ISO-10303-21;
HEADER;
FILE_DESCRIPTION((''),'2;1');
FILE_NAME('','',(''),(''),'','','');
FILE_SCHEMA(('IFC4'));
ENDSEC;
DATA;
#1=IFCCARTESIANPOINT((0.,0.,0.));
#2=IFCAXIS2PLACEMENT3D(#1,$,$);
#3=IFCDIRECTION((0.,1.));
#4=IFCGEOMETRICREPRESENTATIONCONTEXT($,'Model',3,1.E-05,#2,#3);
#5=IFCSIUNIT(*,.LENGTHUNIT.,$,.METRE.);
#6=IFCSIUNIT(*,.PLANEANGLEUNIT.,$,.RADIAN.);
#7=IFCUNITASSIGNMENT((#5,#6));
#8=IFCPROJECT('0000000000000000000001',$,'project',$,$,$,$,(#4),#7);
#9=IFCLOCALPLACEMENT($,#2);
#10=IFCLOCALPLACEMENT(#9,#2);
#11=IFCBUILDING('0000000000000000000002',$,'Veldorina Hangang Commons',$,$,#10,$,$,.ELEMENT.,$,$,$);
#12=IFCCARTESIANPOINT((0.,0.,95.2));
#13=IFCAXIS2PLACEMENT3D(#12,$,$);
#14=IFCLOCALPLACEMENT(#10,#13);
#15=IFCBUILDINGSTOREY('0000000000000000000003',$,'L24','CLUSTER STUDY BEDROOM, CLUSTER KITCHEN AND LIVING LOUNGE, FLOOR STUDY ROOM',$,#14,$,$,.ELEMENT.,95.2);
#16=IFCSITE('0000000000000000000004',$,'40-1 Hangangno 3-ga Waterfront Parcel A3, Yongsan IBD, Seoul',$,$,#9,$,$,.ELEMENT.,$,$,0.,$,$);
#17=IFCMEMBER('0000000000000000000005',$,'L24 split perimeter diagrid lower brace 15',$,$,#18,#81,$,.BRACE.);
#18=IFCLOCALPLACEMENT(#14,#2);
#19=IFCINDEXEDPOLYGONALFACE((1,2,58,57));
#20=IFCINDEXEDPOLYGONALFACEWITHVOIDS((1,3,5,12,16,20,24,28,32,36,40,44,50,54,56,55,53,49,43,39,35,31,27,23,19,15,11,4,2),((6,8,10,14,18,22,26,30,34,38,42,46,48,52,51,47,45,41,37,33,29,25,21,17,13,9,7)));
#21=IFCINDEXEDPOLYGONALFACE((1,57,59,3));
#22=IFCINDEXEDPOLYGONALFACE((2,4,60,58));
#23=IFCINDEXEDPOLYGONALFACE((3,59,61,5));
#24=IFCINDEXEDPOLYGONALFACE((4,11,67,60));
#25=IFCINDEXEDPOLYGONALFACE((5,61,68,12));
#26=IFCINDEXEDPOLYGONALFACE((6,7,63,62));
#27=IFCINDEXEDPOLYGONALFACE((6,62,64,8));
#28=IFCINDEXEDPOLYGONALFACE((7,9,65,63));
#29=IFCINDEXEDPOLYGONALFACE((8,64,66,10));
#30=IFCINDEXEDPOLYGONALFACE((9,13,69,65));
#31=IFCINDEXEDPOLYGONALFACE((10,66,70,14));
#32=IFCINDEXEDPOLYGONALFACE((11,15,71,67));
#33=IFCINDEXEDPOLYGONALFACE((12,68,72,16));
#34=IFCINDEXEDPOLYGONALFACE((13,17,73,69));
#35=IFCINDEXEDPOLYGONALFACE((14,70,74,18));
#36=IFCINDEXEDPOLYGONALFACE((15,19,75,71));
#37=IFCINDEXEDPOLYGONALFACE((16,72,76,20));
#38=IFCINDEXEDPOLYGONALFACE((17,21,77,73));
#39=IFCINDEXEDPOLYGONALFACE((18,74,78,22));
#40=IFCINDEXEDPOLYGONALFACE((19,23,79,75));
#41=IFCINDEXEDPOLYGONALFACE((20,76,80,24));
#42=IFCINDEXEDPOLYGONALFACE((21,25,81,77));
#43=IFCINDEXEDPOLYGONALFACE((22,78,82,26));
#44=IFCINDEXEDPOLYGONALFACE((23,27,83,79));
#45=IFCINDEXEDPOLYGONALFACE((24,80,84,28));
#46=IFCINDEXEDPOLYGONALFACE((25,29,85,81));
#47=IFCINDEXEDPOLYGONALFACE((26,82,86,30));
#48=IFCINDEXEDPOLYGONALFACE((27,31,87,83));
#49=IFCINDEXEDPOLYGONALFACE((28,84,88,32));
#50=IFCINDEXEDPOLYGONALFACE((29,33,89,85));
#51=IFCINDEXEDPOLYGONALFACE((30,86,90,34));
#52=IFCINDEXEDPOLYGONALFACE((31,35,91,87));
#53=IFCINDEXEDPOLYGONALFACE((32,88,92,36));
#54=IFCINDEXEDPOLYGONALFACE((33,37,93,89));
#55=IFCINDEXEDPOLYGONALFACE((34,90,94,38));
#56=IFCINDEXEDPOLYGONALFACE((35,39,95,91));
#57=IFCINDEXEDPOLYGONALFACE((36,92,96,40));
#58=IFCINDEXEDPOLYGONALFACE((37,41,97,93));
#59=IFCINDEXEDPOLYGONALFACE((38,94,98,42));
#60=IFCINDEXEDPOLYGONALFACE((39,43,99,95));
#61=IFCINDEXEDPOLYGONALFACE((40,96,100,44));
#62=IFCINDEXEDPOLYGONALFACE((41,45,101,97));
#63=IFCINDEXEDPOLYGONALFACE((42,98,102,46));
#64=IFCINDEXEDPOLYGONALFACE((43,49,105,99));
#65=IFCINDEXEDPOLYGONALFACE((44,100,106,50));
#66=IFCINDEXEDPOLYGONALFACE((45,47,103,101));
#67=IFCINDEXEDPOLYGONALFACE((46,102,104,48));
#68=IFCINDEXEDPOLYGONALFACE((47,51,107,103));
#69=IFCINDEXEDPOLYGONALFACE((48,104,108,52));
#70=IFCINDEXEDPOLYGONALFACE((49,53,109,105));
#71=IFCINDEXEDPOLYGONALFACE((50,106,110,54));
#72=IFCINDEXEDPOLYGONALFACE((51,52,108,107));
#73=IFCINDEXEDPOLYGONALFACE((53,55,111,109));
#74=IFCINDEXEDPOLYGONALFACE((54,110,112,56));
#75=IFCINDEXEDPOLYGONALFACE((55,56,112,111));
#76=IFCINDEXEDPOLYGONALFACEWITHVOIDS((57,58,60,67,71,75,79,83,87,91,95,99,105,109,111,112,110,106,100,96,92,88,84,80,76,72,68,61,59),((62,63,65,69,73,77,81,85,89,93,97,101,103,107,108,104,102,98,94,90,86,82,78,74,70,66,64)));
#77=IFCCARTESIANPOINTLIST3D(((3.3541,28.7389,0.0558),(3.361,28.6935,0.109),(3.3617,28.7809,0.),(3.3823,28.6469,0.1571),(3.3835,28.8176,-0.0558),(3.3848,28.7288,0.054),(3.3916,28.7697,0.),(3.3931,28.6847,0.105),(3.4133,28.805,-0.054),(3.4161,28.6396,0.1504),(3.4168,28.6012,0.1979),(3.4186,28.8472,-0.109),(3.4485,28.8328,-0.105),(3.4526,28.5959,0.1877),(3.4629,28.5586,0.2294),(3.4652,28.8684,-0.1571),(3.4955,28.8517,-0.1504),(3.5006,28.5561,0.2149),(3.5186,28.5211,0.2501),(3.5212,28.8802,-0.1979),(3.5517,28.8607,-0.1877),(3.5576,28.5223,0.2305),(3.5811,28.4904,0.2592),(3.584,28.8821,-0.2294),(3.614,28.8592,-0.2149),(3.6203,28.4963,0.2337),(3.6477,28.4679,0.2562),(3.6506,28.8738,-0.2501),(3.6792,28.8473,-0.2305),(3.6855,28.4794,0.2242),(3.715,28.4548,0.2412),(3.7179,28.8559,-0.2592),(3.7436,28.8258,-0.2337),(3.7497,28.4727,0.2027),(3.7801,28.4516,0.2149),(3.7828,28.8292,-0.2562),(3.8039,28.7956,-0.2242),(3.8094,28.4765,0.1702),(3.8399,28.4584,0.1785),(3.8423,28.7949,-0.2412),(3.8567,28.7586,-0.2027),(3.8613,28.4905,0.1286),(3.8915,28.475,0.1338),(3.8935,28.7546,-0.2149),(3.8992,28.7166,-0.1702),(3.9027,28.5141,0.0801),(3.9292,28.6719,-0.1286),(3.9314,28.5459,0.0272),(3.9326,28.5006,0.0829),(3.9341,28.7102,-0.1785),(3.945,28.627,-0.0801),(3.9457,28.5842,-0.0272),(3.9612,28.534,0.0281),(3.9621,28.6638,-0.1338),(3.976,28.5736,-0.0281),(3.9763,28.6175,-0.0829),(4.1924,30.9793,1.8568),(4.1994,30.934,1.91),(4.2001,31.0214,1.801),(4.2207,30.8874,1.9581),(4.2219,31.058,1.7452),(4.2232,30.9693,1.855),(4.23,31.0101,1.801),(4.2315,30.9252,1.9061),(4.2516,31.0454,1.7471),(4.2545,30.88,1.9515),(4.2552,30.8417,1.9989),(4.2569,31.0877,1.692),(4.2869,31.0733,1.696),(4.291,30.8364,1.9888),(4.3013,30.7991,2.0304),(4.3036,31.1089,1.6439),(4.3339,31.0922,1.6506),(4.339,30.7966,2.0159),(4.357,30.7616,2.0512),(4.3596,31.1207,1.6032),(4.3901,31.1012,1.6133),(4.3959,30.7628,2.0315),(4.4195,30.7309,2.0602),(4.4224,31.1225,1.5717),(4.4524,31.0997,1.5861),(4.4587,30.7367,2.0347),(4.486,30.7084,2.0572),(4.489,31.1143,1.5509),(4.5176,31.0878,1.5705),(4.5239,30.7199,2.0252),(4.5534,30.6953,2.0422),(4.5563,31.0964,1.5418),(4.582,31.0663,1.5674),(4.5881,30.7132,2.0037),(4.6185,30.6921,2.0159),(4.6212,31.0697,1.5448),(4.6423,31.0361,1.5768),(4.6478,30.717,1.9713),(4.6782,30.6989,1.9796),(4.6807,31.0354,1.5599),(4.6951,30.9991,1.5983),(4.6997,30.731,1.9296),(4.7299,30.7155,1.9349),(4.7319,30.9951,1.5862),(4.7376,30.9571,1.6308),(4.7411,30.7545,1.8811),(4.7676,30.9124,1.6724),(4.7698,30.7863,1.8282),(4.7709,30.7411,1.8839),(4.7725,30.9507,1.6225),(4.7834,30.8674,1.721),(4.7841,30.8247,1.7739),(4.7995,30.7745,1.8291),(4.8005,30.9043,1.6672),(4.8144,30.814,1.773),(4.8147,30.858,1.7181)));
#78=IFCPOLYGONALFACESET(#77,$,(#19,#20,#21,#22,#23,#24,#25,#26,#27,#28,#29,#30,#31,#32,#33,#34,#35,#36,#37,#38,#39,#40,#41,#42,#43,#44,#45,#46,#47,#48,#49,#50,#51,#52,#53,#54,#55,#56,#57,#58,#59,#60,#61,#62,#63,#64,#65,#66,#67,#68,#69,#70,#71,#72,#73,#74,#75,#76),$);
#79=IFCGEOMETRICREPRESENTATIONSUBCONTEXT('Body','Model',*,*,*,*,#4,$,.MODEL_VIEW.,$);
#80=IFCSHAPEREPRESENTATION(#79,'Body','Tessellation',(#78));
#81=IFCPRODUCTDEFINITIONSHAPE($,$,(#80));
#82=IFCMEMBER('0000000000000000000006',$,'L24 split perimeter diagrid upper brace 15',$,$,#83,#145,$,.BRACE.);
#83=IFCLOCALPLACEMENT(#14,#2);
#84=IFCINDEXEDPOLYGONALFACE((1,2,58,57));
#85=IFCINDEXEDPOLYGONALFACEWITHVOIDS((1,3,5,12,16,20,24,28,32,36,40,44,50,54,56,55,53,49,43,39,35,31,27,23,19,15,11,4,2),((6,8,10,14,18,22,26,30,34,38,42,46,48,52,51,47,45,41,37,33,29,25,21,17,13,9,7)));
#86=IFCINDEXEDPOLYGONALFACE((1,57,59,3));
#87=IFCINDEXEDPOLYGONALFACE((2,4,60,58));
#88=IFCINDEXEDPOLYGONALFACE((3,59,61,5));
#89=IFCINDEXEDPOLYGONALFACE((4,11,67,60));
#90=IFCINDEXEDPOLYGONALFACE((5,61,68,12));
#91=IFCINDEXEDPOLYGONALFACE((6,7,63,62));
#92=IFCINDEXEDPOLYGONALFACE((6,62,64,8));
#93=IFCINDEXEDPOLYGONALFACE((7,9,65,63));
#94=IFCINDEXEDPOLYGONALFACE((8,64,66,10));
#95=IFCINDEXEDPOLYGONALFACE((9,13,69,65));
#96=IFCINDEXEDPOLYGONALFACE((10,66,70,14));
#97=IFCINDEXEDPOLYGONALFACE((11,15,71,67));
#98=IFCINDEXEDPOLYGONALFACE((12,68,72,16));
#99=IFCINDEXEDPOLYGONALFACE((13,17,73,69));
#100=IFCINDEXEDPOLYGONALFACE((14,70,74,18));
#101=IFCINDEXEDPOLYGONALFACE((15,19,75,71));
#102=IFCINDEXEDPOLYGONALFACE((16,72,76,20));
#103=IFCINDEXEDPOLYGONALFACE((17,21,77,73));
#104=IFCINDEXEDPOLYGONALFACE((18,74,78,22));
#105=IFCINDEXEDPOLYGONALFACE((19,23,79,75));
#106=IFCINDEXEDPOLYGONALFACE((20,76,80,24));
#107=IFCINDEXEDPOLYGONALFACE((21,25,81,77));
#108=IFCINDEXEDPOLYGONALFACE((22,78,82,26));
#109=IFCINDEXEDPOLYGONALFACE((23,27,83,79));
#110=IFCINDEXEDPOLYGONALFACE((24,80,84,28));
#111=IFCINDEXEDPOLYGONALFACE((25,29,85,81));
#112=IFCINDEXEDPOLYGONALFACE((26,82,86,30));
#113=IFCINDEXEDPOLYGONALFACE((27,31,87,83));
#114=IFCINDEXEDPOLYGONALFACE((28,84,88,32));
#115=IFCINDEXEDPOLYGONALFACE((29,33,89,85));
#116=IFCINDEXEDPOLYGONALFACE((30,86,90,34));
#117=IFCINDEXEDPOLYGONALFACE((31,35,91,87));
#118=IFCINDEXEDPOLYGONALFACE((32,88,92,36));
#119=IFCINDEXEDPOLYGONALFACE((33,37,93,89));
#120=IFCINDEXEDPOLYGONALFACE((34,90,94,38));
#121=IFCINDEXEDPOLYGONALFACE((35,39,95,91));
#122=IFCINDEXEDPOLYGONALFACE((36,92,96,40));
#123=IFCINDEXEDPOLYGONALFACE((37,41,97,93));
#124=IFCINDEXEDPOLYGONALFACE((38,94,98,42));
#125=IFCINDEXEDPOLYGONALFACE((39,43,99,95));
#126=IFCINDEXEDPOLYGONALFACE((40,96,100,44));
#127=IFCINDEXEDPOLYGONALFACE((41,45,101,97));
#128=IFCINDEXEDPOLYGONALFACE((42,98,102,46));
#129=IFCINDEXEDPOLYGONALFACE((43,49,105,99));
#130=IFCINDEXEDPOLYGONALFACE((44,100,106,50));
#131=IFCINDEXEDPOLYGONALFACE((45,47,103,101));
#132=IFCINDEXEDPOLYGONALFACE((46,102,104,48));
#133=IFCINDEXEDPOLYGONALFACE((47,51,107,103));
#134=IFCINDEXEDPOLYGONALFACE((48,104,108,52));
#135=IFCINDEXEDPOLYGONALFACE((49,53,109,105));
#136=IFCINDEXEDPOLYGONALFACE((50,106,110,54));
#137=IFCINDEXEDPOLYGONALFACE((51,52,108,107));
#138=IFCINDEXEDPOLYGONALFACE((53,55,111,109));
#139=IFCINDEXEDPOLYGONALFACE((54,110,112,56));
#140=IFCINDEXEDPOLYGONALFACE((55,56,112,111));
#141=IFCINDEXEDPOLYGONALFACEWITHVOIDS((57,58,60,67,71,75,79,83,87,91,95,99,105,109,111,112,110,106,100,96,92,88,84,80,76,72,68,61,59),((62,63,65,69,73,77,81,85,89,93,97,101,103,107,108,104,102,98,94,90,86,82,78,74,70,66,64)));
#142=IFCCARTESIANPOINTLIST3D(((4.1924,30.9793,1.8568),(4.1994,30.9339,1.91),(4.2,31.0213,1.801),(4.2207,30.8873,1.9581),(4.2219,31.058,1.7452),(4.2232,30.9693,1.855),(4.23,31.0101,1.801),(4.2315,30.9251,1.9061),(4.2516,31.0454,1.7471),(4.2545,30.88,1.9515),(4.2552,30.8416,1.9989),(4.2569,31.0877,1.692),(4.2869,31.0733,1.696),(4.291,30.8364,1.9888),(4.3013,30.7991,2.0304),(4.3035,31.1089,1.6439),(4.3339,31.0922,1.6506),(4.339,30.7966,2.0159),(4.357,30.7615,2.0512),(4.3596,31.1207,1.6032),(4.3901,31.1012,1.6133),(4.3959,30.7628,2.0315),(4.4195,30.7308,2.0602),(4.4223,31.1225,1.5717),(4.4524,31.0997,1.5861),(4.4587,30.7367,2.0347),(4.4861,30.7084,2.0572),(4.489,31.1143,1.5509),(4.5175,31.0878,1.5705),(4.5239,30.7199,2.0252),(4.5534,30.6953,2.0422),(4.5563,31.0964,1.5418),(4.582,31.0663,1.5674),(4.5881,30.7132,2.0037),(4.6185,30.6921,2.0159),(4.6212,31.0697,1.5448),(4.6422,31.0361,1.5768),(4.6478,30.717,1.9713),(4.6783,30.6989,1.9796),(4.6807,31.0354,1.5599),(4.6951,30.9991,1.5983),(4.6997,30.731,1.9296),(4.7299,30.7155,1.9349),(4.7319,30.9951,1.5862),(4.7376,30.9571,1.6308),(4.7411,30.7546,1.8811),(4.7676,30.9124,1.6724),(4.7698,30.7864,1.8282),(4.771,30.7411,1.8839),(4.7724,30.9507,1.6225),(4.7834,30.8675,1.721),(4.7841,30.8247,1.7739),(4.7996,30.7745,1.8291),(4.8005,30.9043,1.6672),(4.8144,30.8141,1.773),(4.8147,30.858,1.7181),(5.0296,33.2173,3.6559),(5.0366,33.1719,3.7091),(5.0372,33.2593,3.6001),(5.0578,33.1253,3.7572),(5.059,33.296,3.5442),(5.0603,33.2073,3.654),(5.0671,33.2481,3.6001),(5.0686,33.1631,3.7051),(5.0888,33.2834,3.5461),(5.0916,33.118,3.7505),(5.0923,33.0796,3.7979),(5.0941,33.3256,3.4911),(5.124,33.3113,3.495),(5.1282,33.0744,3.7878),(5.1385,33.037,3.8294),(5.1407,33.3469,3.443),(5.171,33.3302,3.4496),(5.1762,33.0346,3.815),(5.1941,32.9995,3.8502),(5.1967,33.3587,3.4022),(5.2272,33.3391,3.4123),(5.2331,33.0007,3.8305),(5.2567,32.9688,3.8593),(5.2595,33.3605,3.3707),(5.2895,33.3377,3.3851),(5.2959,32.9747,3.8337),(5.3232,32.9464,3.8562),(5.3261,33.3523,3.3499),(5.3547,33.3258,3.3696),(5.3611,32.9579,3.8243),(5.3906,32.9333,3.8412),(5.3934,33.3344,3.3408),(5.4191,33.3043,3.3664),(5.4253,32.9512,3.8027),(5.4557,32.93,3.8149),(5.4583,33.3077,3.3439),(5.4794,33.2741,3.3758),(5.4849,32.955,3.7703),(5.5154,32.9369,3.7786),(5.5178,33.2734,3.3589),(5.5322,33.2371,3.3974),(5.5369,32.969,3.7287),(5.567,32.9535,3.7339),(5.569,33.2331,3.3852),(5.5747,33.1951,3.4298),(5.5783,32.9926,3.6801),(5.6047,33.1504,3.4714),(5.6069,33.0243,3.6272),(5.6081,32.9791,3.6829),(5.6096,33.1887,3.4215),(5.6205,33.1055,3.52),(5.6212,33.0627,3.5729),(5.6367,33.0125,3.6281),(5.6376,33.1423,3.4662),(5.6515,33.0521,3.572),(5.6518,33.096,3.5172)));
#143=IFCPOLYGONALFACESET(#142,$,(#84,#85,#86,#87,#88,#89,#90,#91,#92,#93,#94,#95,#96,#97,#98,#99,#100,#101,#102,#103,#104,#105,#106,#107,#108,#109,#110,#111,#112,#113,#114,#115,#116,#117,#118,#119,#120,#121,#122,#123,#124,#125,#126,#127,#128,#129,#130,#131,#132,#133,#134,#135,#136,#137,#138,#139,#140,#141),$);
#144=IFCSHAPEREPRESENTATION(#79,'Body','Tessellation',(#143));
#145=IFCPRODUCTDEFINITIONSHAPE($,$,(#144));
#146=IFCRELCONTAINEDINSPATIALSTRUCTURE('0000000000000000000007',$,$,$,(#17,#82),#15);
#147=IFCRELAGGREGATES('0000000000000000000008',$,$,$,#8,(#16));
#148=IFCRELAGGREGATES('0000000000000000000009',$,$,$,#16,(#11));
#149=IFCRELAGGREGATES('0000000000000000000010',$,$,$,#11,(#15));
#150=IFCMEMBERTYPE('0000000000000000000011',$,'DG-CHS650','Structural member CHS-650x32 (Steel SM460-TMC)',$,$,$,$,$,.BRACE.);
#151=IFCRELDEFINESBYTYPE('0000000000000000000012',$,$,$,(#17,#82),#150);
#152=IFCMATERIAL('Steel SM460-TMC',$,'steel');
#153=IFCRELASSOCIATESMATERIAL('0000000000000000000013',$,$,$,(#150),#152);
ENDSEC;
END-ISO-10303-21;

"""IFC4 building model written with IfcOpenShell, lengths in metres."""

from ifc_helpers import new_model, si_unit, direction, frame, origin, origin_2d, place, context, subcontext, project, spatial, hollow_circle, extrude, material, material_profile, profile_set, type_object, element, save


model = new_model("IFC4")

# Units and contexts
model_context = context("Model", 3, precision=1e-05, world=origin(), true_north=direction((0.0, 1.0)))
body_context = subcontext(model_context, "Body", "Model", "MODEL_VIEW")
ifc_project = project(units=[si_unit("LENGTHUNIT", "METRE"), si_unit("PLANEANGLEUNIT", "RADIAN")], contexts=[model_context])

# Site, building, storey
site_placement = place(None, origin())
site = spatial("IfcSite", under=ifc_project, at=site_placement, Name="40-1 Hangangno 3-ga Waterfront Parcel A3, Yongsan IBD, Seoul", CompositionType="ELEMENT", RefElevation=0.0)
building_placement = place(site_placement, origin())
building = spatial("IfcBuilding", under=site, at=building_placement, Name="Veldorina Hangang Commons", CompositionType="ELEMENT")
storey_placement = place(building_placement, frame((0.0, 0.0, 95.2)))
storey = spatial("IfcBuildingStorey", under=building, at=storey_placement, Name="L24", Description="CLUSTER STUDY BEDROOM, CLUSTER KITCHEN AND LIVING LOUNGE, FLOOR STUDY ROOM", CompositionType="ELEMENT", Elevation=95.2)

# Members
ifc_material_1 = material(Name="Steel SM460-TMC", Category="steel")
ifc_material_profile_1 = material_profile(ifc_material_1, hollow_circle(Radius=0.325, WallThickness=0.032, at=origin_2d()), Name="CHS-650x32")
ifc_profile_set_1 = profile_set([ifc_material_profile_1], Name="Steel SM460-TMC")
member_type = type_object("IfcMemberType", Name="DG-CHS650", Description="Structural member CHS-650x32 (Steel SM460-TMC)", PredefinedType="BRACE", material=ifc_profile_set_1)
member_1_placement = place(storey_placement, frame((3.666, 28.667, 0.0), z_axis=(0.279984, 0.748228, 0.601468), x_axis=(-0.936576, 0.350463, 0.0)))
element("IfcMember", 1, at=member_1_placement, inside=storey, type_object=member_type, Name="L24 split perimeter diagrid lower brace 15", PredefinedType="BRACE", context=body_context, shape_type="SweptSolid", body=[
    extrude(hollow_circle(Radius=0.325, WallThickness=0.032, at=origin_2d()), origin(), (0.0, 0.0, 1.0), 2.9944),
])
member_2_placement = place(storey_placement, frame((4.5044, 30.9075, 1.801), z_axis=(0.279889, 0.748248, 0.601488), x_axis=(-0.936619, 0.350351, 0.0)))
element("IfcMember", 2, at=member_2_placement, inside=storey, type_object=member_type, Name="L24 split perimeter diagrid upper brace 15", PredefinedType="BRACE", context=body_context, shape_type="SweptSolid", body=[
    extrude(hollow_circle(Radius=0.325, WallThickness=0.032, at=origin_2d()), origin(), (0.0, 0.0, 1.0), 2.991),
])

save(model, "model.ifc")
